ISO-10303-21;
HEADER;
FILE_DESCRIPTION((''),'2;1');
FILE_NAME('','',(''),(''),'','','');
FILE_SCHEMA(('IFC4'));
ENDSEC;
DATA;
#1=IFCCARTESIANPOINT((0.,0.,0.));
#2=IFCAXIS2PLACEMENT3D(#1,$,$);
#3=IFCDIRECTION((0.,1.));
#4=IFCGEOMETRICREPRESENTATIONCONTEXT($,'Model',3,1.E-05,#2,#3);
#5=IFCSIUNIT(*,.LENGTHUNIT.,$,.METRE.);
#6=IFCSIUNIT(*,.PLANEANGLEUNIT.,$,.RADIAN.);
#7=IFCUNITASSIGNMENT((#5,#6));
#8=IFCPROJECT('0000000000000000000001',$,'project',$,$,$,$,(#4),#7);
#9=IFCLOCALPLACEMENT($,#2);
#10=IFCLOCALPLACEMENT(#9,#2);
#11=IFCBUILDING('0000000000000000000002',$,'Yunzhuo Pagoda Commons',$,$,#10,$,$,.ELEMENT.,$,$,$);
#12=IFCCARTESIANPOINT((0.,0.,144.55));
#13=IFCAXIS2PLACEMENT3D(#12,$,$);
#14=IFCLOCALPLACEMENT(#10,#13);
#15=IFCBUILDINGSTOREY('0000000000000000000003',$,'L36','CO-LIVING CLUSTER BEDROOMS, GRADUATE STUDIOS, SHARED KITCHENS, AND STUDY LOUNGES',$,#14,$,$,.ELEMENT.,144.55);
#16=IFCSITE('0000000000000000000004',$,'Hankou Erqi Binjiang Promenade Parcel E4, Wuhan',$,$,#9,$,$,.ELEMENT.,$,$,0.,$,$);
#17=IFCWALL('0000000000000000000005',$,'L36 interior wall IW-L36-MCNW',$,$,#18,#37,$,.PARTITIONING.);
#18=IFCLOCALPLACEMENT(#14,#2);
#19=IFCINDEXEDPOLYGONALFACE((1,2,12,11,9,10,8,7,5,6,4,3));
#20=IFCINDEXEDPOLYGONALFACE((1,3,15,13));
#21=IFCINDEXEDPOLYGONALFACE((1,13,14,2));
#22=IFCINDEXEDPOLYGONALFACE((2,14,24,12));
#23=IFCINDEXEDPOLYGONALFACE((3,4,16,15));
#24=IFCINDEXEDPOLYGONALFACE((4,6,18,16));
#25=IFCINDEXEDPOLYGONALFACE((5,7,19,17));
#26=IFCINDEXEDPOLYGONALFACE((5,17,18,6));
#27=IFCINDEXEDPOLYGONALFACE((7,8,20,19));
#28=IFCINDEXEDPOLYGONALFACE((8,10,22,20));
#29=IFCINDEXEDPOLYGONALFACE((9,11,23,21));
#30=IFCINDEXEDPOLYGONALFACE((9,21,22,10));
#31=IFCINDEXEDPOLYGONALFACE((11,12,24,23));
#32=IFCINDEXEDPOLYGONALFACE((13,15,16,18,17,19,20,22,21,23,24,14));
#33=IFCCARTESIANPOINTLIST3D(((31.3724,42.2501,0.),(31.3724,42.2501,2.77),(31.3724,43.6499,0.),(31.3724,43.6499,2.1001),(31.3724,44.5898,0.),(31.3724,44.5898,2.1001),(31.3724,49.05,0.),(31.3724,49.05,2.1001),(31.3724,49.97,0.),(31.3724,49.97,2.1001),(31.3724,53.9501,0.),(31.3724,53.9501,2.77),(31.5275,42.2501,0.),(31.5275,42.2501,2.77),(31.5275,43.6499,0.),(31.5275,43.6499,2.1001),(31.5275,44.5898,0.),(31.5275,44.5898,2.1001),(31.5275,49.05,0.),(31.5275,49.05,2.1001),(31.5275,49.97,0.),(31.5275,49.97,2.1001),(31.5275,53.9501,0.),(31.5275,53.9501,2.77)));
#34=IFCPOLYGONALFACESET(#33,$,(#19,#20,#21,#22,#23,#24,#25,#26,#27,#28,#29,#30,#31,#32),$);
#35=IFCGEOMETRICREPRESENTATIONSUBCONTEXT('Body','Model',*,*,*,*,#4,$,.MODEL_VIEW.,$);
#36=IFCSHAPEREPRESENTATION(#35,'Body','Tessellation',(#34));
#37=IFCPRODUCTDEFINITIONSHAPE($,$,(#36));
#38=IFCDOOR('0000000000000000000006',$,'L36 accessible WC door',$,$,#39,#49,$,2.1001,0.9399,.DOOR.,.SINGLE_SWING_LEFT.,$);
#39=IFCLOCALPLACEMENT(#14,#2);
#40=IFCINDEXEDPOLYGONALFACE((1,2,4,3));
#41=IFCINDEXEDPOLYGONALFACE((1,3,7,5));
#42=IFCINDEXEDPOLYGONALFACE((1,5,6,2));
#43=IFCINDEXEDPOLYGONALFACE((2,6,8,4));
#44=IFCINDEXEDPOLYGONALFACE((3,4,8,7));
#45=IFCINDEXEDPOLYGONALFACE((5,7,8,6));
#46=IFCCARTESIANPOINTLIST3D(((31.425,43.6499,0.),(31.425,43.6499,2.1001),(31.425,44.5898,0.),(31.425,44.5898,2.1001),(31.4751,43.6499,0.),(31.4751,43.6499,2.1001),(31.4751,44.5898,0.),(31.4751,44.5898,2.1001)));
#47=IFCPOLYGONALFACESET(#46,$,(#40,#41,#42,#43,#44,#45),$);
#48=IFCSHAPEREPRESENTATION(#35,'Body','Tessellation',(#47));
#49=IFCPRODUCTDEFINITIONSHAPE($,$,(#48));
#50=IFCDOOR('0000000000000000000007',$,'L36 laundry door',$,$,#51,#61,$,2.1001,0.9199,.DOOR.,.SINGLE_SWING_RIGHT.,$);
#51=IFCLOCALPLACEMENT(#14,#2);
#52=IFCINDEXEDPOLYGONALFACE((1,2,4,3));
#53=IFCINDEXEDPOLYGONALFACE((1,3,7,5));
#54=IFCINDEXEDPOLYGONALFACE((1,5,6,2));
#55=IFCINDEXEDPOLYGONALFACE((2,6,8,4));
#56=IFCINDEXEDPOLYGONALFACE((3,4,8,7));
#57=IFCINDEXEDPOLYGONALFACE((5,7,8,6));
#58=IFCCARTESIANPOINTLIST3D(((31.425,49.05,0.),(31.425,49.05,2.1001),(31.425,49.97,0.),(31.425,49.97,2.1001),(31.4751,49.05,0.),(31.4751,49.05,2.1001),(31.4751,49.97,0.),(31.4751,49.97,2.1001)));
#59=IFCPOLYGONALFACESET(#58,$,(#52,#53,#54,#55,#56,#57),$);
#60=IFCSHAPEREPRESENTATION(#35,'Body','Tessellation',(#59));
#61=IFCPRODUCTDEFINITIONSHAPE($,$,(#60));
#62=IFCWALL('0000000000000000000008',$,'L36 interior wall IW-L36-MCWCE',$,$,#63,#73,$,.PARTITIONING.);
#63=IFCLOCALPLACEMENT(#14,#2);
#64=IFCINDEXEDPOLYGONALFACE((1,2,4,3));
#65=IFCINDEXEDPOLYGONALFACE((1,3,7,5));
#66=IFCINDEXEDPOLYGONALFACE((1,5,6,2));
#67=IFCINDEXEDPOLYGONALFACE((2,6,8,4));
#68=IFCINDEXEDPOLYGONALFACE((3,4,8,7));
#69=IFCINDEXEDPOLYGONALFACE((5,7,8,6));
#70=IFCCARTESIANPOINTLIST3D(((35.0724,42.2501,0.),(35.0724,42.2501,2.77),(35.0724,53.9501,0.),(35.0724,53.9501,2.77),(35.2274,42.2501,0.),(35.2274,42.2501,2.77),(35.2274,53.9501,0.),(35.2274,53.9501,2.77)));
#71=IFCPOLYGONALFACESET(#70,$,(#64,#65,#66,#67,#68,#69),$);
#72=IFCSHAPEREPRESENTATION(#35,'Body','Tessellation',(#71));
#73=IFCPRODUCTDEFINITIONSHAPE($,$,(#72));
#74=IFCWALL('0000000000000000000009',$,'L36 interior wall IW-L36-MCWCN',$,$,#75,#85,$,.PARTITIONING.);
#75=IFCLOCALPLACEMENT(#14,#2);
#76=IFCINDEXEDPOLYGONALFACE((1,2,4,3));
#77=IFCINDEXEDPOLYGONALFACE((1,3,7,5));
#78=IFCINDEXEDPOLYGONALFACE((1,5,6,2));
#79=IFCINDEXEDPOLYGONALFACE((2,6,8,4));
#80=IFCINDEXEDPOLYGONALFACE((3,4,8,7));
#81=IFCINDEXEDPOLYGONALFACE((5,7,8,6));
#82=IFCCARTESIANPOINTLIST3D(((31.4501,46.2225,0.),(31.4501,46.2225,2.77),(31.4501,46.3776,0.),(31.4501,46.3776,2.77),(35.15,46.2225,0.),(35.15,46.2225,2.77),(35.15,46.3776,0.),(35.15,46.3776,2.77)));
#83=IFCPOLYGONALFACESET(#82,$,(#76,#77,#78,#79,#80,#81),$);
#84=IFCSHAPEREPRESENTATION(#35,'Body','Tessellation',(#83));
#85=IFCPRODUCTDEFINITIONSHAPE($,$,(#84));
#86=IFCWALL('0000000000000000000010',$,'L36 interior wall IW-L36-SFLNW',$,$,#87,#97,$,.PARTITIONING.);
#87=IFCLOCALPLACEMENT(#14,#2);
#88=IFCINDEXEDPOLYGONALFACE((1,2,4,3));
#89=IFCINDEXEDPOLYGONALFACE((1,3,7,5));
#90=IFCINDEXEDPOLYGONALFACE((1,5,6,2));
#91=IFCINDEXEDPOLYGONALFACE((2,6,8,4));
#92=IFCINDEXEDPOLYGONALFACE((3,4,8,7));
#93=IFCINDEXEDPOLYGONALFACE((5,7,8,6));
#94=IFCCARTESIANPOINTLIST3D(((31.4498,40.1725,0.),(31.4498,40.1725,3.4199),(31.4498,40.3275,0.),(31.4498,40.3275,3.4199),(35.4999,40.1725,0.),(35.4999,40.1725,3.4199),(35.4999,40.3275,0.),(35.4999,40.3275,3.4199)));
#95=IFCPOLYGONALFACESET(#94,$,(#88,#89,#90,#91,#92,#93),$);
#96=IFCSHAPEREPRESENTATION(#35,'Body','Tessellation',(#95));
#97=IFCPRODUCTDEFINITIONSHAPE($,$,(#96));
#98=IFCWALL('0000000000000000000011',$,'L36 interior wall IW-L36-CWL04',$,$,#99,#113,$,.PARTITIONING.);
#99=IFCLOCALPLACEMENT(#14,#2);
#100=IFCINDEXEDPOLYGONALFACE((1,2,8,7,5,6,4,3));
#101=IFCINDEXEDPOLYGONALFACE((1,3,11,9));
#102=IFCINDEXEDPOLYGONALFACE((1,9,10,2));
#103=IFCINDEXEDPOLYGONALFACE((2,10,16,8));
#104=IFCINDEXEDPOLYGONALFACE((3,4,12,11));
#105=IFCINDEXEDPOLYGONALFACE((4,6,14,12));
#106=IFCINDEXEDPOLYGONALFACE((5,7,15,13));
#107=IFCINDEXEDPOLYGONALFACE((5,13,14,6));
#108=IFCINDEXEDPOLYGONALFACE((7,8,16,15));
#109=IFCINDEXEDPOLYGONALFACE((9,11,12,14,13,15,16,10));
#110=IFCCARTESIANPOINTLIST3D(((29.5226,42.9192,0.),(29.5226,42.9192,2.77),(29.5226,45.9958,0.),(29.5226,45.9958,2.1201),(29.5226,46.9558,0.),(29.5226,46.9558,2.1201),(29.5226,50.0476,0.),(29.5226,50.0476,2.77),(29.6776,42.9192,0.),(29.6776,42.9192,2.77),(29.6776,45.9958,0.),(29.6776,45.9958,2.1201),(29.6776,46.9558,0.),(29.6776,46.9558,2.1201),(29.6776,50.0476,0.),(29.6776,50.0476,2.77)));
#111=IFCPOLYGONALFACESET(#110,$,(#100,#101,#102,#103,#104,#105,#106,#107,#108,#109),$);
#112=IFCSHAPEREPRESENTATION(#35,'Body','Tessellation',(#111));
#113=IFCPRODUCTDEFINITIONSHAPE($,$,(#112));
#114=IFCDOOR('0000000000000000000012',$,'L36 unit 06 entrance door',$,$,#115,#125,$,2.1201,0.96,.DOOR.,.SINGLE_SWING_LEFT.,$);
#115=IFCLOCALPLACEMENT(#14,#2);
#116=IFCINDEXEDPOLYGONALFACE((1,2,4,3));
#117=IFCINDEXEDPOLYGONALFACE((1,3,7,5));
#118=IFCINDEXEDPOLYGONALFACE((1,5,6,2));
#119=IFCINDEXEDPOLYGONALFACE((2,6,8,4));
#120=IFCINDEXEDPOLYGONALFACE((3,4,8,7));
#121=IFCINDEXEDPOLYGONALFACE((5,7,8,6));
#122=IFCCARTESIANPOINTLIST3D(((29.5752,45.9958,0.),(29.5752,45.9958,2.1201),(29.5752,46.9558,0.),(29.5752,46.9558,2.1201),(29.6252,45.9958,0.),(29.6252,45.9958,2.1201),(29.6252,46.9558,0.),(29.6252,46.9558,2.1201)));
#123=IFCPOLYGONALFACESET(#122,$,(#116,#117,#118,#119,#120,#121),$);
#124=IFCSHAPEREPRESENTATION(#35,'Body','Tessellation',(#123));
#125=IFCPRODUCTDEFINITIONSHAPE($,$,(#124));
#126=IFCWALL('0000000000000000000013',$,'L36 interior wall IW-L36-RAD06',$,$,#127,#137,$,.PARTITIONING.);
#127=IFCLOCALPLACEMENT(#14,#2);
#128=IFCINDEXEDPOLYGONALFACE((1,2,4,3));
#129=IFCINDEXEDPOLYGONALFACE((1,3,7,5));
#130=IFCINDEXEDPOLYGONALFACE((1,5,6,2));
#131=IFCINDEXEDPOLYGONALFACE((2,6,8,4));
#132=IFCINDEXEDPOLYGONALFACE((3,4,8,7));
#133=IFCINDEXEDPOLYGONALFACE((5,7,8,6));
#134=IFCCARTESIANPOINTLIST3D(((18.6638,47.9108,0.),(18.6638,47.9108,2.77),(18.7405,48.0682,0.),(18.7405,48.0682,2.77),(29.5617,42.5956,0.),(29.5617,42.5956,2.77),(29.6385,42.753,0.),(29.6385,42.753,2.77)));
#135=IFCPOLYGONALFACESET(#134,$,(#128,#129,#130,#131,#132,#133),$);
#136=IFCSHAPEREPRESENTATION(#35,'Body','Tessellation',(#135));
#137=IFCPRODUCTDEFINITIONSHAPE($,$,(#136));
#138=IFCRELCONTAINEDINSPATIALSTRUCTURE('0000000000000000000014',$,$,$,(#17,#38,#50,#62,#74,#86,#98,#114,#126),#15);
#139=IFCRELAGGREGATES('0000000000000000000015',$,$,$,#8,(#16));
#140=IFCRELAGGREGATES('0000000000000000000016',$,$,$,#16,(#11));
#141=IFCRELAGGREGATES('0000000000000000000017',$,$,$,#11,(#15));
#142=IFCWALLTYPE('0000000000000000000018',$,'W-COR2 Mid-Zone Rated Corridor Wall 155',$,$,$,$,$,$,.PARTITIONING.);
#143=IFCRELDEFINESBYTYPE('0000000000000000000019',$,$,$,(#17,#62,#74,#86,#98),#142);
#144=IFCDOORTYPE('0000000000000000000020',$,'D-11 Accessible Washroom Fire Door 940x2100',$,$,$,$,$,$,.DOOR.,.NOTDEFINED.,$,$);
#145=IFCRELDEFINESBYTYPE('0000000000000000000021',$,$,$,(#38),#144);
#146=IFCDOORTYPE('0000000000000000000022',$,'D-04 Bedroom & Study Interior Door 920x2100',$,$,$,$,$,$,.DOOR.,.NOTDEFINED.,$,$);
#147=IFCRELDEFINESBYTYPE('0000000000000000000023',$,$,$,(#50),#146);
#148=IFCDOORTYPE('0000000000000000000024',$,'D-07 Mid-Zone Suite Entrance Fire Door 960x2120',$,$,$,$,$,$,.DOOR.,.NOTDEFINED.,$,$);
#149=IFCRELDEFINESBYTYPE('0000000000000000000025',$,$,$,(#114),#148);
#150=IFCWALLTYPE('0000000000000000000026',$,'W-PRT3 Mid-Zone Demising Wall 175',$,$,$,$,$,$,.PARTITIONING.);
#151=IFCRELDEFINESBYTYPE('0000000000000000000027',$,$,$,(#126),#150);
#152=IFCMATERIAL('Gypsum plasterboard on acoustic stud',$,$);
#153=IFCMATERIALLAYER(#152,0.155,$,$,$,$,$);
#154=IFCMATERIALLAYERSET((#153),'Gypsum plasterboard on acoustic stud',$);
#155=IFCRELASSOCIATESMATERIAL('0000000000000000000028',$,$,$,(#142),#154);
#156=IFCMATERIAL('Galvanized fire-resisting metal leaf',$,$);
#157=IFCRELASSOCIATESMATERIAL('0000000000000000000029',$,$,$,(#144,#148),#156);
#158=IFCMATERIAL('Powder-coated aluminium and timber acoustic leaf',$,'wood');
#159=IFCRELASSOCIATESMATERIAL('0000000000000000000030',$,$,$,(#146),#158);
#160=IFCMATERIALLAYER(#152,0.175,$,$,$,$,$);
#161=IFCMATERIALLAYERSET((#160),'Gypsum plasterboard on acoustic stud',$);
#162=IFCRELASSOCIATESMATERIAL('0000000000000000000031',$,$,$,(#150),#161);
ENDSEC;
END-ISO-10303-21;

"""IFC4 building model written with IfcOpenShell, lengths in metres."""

from ifc_helpers import new_model, si_unit, direction, frame, frame_2d, origin, origin_with_axes, place, context, subcontext, project, spatial, rectangle, extrude, source, transform, mapped, material, layer, layer_set, type_object, element, fill, save


model = new_model("IFC4")

# Units and contexts
model_context = context("Model", 3, precision=1e-05, world=origin(), true_north=direction((0.0, 1.0)))
body_context = subcontext(model_context, "Body", "Model", "MODEL_VIEW")
ifc_project = project(units=[si_unit("LENGTHUNIT", "METRE"), si_unit("PLANEANGLEUNIT", "RADIAN")], contexts=[model_context])

# Site, building, storey
site_placement = place(None, origin())
site = spatial("IfcSite", under=ifc_project, at=site_placement, Name="Hankou Erqi Binjiang Promenade Parcel E4, Wuhan", CompositionType="ELEMENT", RefElevation=0.0)
building_placement = place(site_placement, origin())
building = spatial("IfcBuilding", under=site, at=building_placement, Name="Yunzhuo Pagoda Commons", CompositionType="ELEMENT")
storey_placement = place(building_placement, frame((0.0, 0.0, 144.55)))
storey = spatial("IfcBuildingStorey", under=building, at=storey_placement, Name="L36", Description="CO-LIVING CLUSTER BEDROOMS, GRADUATE STUDIOS, SHARED KITCHENS, AND STUDY LOUNGES", CompositionType="ELEMENT", Elevation=144.55)

# Shared definitions
ifc_material_1 = material(Name="Galvanized fire-resisting metal leaf")

# Shared definitions
ifc_material_2 = material(Name="Gypsum plasterboard on acoustic stud")
ifc_layer_1 = layer(ifc_material_2, 0.155)
ifc_layer_set_1 = layer_set([ifc_layer_1], Name="Gypsum plasterboard on acoustic stud")
wall_type_1 = type_object("IfcWallType", Name="W-COR2 Mid-Zone Rated Corridor Wall 155", PredefinedType="PARTITIONING", material=ifc_layer_set_1)

# Wall, openings, doors
wall_1_placement = place(storey_placement, frame((31.45, 42.25, 0.0), z_axis=(0.0, 0.0, 1.0), x_axis=(0.0, 1.0, 0.0)))
wall_1 = element("IfcWall", 1, at=wall_1_placement, inside=storey, type_object=wall_type_1, Name="L36 interior wall IW-L36-MCNW", PredefinedType="PARTITIONING", context=body_context, shape_type="SweptSolid", body=[
    extrude(rectangle(XDim=11.7, YDim=0.155, at=frame_2d((5.8501, 0.0))), origin(), (0.0, 0.0, 1.0), 2.77),
])
opening_1_placement = place(wall_1_placement, frame((1.3999, 0.0, 0.0)))
opening_1 = element("IfcOpeningElement", 2, at=opening_1_placement, cuts=wall_1, PredefinedType="OPENING", context=body_context, shape_type="SweptSolid", body=[
    extrude(rectangle(XDim=0.9399, YDim=2.1001, at=frame_2d((0.47, 1.05))), frame((0.0, 0.0874, 0.0), z_axis=(0.0, -1.0, 0.0), x_axis=(1.0, 0.0, 0.0)), (0.0, 0.0, 1.0), 0.175),
])
opening_2_placement = place(wall_1_placement, frame((6.8, 0.0, 0.0)))
opening_2 = element("IfcOpeningElement", 3, at=opening_2_placement, cuts=wall_1, PredefinedType="OPENING", context=body_context, shape_type="SweptSolid", body=[
    extrude(rectangle(XDim=0.9199, YDim=2.1001, at=frame_2d((0.46, 1.05))), frame((0.0, 0.0874, 0.0), z_axis=(0.0, -1.0, 0.0), x_axis=(1.0, 0.0, 0.0)), (0.0, 0.0, 1.0), 0.175),
])
door_type_1 = type_object("IfcDoorType", Name="D-11 Accessible Washroom Fire Door 940x2100", OperationType="NOTDEFINED", PredefinedType="DOOR", material=ifc_material_1)
shared_shape_1 = source(origin(), body_context, "Body", "SweptSolid", [
    extrude(rectangle(XDim=0.9399, YDim=2.1001, at=frame_2d((0.47, 1.05))), frame((0.0, 0.0249, 0.0), z_axis=(0.0, -1.0, 0.0), x_axis=(1.0, 0.0, 0.0)), (0.0, 0.0, 1.0), 0.05),
])
door_1_placement = place(opening_1_placement, origin_with_axes())
door_1 = element("IfcDoor", 4, at=door_1_placement, inside=storey, type_object=door_type_1, Name="L36 accessible WC door", OperationType="SINGLE_SWING_LEFT", OverallHeight=2.1001, OverallWidth=0.9399, PredefinedType="DOOR", context=body_context, shape_type="MappedRepresentation", body=[
    mapped(shared_shape_1, transform((0.0, 0.0, 0.0), scale=1.0)),
])
fill(opening_1, door_1)
ifc_material_3 = material(Name="Powder-coated aluminium and timber acoustic leaf", Category="wood")
door_type_2 = type_object("IfcDoorType", Name="D-04 Bedroom & Study Interior Door 920x2100", OperationType="NOTDEFINED", PredefinedType="DOOR", material=ifc_material_3)
shared_shape_2 = source(origin(), body_context, "Body", "SweptSolid", [
    extrude(rectangle(XDim=0.9199, YDim=2.1001, at=frame_2d((0.46, 1.05))), frame((0.0, 0.0249, 0.0), z_axis=(0.0, -1.0, 0.0), x_axis=(1.0, 0.0, 0.0)), (0.0, 0.0, 1.0), 0.05),
])
door_2_placement = place(opening_2_placement, origin_with_axes())
door_2 = element("IfcDoor", 5, at=door_2_placement, inside=storey, type_object=door_type_2, Name="L36 laundry door", OperationType="SINGLE_SWING_RIGHT", OverallHeight=2.1001, OverallWidth=0.9199, PredefinedType="DOOR", context=body_context, shape_type="MappedRepresentation", body=[
    mapped(shared_shape_2, transform((0.0, 0.0, 0.0), scale=1.0)),
])
fill(opening_2, door_2)

# Walls
wall_2_placement = place(storey_placement, frame((35.1499, 42.25, 0.0), z_axis=(0.0, 0.0, 1.0), x_axis=(0.0, 1.0, 0.0)))
element("IfcWall", 6, at=wall_2_placement, inside=storey, type_object=wall_type_1, Name="L36 interior wall IW-L36-MCWCE", PredefinedType="PARTITIONING", context=body_context, shape_type="SweptSolid", body=[
    extrude(rectangle(XDim=11.7, YDim=0.155, at=frame_2d((5.8501, 0.0))), origin(), (0.0, 0.0, 1.0), 2.77),
])
wall_3_placement = place(storey_placement, frame((31.45, 46.3, 0.0), z_axis=(0.0, 0.0, 1.0), x_axis=(1.0, 0.0, 0.0)))
element("IfcWall", 7, at=wall_3_placement, inside=storey, type_object=wall_type_1, Name="L36 interior wall IW-L36-MCWCN", PredefinedType="PARTITIONING", context=body_context, shape_type="SweptSolid", body=[
    extrude(rectangle(XDim=3.7, YDim=0.155, at=frame_2d((1.8501, 0.0))), origin(), (0.0, 0.0, 1.0), 2.77),
])
wall_4_placement = place(storey_placement, frame((31.45, 40.25, 0.0), z_axis=(0.0, 0.0, 1.0), x_axis=(1.0, 0.0, 0.0)))
element("IfcWall", 8, at=wall_4_placement, inside=storey, type_object=wall_type_1, Name="L36 interior wall IW-L36-SFLNW", PredefinedType="PARTITIONING", context=body_context, shape_type="SweptSolid", body=[
    extrude(rectangle(XDim=4.05, YDim=0.155, at=frame_2d((2.0249, 0.0))), origin(), (0.0, 0.0, 1.0), 3.4199),
])

# Wall, opening, door
wall_5_placement = place(storey_placement, frame((29.6001, 42.9192, 0.0), z_axis=(0.0, 0.0, 1.0), x_axis=(0.0, 1.0, 0.0)))
wall_5 = element("IfcWall", 9, at=wall_5_placement, inside=storey, type_object=wall_type_1, Name="L36 interior wall IW-L36-CWL04", PredefinedType="PARTITIONING", context=body_context, shape_type="SweptSolid", body=[
    extrude(rectangle(XDim=7.1284, YDim=0.155, at=frame_2d((3.5642, 0.0))), origin(), (0.0, 0.0, 1.0), 2.77),
])
opening_3_placement = place(wall_5_placement, frame((3.0767, 0.0, 0.0)))
opening_3 = element("IfcOpeningElement", 10, at=opening_3_placement, cuts=wall_5, PredefinedType="OPENING", context=body_context, shape_type="SweptSolid", body=[
    extrude(rectangle(XDim=0.96, YDim=2.1201, at=frame_2d((0.48, 1.0601))), frame((0.0, 0.0874, 0.0), z_axis=(0.0, -1.0, 0.0), x_axis=(1.0, 0.0, 0.0)), (0.0, 0.0, 1.0), 0.175),
])
door_type_3 = type_object("IfcDoorType", Name="D-07 Mid-Zone Suite Entrance Fire Door 960x2120", OperationType="NOTDEFINED", PredefinedType="DOOR", material=ifc_material_1)
shared_shape_3 = source(origin(), body_context, "Body", "SweptSolid", [
    extrude(rectangle(XDim=0.96, YDim=2.1201, at=frame_2d((0.48, 1.0601))), frame((0.0, 0.0249, 0.0), z_axis=(0.0, -1.0, 0.0), x_axis=(1.0, 0.0, 0.0)), (0.0, 0.0, 1.0), 0.05),
])
door_3_placement = place(opening_3_placement, origin_with_axes())
door_3 = element("IfcDoor", 11, at=door_3_placement, inside=storey, type_object=door_type_3, Name="L36 unit 06 entrance door", OperationType="SINGLE_SWING_LEFT", OverallHeight=2.1201, OverallWidth=0.96, PredefinedType="DOOR", context=body_context, shape_type="MappedRepresentation", body=[
    mapped(shared_shape_3, transform((0.0, 0.0, 0.0), scale=1.0)),
])
fill(opening_3, door_3)

# Wall
ifc_layer_2 = layer(ifc_material_2, 0.175)
ifc_layer_set_2 = layer_set([ifc_layer_2], Name="Gypsum plasterboard on acoustic stud")
wall_type_2 = type_object("IfcWallType", Name="W-PRT3 Mid-Zone Demising Wall 175", PredefinedType="PARTITIONING", material=ifc_layer_set_2)
wall_6_placement = place(storey_placement, frame((29.6001, 42.6743, 0.0), z_axis=(0.0, 0.0, 1.0), x_axis=(-0.898797, 0.438365, 0.0)))
element("IfcWall", 12, at=wall_6_placement, inside=storey, type_object=wall_type_2, Name="L36 interior wall IW-L36-RAD06", PredefinedType="PARTITIONING", context=body_context, shape_type="SweptSolid", body=[
    extrude(rectangle(XDim=12.125, YDim=0.175, at=frame_2d((6.0625, 0.0))), origin(), (0.0, 0.0, 1.0), 2.77),
])

save(model, "model.ifc")
